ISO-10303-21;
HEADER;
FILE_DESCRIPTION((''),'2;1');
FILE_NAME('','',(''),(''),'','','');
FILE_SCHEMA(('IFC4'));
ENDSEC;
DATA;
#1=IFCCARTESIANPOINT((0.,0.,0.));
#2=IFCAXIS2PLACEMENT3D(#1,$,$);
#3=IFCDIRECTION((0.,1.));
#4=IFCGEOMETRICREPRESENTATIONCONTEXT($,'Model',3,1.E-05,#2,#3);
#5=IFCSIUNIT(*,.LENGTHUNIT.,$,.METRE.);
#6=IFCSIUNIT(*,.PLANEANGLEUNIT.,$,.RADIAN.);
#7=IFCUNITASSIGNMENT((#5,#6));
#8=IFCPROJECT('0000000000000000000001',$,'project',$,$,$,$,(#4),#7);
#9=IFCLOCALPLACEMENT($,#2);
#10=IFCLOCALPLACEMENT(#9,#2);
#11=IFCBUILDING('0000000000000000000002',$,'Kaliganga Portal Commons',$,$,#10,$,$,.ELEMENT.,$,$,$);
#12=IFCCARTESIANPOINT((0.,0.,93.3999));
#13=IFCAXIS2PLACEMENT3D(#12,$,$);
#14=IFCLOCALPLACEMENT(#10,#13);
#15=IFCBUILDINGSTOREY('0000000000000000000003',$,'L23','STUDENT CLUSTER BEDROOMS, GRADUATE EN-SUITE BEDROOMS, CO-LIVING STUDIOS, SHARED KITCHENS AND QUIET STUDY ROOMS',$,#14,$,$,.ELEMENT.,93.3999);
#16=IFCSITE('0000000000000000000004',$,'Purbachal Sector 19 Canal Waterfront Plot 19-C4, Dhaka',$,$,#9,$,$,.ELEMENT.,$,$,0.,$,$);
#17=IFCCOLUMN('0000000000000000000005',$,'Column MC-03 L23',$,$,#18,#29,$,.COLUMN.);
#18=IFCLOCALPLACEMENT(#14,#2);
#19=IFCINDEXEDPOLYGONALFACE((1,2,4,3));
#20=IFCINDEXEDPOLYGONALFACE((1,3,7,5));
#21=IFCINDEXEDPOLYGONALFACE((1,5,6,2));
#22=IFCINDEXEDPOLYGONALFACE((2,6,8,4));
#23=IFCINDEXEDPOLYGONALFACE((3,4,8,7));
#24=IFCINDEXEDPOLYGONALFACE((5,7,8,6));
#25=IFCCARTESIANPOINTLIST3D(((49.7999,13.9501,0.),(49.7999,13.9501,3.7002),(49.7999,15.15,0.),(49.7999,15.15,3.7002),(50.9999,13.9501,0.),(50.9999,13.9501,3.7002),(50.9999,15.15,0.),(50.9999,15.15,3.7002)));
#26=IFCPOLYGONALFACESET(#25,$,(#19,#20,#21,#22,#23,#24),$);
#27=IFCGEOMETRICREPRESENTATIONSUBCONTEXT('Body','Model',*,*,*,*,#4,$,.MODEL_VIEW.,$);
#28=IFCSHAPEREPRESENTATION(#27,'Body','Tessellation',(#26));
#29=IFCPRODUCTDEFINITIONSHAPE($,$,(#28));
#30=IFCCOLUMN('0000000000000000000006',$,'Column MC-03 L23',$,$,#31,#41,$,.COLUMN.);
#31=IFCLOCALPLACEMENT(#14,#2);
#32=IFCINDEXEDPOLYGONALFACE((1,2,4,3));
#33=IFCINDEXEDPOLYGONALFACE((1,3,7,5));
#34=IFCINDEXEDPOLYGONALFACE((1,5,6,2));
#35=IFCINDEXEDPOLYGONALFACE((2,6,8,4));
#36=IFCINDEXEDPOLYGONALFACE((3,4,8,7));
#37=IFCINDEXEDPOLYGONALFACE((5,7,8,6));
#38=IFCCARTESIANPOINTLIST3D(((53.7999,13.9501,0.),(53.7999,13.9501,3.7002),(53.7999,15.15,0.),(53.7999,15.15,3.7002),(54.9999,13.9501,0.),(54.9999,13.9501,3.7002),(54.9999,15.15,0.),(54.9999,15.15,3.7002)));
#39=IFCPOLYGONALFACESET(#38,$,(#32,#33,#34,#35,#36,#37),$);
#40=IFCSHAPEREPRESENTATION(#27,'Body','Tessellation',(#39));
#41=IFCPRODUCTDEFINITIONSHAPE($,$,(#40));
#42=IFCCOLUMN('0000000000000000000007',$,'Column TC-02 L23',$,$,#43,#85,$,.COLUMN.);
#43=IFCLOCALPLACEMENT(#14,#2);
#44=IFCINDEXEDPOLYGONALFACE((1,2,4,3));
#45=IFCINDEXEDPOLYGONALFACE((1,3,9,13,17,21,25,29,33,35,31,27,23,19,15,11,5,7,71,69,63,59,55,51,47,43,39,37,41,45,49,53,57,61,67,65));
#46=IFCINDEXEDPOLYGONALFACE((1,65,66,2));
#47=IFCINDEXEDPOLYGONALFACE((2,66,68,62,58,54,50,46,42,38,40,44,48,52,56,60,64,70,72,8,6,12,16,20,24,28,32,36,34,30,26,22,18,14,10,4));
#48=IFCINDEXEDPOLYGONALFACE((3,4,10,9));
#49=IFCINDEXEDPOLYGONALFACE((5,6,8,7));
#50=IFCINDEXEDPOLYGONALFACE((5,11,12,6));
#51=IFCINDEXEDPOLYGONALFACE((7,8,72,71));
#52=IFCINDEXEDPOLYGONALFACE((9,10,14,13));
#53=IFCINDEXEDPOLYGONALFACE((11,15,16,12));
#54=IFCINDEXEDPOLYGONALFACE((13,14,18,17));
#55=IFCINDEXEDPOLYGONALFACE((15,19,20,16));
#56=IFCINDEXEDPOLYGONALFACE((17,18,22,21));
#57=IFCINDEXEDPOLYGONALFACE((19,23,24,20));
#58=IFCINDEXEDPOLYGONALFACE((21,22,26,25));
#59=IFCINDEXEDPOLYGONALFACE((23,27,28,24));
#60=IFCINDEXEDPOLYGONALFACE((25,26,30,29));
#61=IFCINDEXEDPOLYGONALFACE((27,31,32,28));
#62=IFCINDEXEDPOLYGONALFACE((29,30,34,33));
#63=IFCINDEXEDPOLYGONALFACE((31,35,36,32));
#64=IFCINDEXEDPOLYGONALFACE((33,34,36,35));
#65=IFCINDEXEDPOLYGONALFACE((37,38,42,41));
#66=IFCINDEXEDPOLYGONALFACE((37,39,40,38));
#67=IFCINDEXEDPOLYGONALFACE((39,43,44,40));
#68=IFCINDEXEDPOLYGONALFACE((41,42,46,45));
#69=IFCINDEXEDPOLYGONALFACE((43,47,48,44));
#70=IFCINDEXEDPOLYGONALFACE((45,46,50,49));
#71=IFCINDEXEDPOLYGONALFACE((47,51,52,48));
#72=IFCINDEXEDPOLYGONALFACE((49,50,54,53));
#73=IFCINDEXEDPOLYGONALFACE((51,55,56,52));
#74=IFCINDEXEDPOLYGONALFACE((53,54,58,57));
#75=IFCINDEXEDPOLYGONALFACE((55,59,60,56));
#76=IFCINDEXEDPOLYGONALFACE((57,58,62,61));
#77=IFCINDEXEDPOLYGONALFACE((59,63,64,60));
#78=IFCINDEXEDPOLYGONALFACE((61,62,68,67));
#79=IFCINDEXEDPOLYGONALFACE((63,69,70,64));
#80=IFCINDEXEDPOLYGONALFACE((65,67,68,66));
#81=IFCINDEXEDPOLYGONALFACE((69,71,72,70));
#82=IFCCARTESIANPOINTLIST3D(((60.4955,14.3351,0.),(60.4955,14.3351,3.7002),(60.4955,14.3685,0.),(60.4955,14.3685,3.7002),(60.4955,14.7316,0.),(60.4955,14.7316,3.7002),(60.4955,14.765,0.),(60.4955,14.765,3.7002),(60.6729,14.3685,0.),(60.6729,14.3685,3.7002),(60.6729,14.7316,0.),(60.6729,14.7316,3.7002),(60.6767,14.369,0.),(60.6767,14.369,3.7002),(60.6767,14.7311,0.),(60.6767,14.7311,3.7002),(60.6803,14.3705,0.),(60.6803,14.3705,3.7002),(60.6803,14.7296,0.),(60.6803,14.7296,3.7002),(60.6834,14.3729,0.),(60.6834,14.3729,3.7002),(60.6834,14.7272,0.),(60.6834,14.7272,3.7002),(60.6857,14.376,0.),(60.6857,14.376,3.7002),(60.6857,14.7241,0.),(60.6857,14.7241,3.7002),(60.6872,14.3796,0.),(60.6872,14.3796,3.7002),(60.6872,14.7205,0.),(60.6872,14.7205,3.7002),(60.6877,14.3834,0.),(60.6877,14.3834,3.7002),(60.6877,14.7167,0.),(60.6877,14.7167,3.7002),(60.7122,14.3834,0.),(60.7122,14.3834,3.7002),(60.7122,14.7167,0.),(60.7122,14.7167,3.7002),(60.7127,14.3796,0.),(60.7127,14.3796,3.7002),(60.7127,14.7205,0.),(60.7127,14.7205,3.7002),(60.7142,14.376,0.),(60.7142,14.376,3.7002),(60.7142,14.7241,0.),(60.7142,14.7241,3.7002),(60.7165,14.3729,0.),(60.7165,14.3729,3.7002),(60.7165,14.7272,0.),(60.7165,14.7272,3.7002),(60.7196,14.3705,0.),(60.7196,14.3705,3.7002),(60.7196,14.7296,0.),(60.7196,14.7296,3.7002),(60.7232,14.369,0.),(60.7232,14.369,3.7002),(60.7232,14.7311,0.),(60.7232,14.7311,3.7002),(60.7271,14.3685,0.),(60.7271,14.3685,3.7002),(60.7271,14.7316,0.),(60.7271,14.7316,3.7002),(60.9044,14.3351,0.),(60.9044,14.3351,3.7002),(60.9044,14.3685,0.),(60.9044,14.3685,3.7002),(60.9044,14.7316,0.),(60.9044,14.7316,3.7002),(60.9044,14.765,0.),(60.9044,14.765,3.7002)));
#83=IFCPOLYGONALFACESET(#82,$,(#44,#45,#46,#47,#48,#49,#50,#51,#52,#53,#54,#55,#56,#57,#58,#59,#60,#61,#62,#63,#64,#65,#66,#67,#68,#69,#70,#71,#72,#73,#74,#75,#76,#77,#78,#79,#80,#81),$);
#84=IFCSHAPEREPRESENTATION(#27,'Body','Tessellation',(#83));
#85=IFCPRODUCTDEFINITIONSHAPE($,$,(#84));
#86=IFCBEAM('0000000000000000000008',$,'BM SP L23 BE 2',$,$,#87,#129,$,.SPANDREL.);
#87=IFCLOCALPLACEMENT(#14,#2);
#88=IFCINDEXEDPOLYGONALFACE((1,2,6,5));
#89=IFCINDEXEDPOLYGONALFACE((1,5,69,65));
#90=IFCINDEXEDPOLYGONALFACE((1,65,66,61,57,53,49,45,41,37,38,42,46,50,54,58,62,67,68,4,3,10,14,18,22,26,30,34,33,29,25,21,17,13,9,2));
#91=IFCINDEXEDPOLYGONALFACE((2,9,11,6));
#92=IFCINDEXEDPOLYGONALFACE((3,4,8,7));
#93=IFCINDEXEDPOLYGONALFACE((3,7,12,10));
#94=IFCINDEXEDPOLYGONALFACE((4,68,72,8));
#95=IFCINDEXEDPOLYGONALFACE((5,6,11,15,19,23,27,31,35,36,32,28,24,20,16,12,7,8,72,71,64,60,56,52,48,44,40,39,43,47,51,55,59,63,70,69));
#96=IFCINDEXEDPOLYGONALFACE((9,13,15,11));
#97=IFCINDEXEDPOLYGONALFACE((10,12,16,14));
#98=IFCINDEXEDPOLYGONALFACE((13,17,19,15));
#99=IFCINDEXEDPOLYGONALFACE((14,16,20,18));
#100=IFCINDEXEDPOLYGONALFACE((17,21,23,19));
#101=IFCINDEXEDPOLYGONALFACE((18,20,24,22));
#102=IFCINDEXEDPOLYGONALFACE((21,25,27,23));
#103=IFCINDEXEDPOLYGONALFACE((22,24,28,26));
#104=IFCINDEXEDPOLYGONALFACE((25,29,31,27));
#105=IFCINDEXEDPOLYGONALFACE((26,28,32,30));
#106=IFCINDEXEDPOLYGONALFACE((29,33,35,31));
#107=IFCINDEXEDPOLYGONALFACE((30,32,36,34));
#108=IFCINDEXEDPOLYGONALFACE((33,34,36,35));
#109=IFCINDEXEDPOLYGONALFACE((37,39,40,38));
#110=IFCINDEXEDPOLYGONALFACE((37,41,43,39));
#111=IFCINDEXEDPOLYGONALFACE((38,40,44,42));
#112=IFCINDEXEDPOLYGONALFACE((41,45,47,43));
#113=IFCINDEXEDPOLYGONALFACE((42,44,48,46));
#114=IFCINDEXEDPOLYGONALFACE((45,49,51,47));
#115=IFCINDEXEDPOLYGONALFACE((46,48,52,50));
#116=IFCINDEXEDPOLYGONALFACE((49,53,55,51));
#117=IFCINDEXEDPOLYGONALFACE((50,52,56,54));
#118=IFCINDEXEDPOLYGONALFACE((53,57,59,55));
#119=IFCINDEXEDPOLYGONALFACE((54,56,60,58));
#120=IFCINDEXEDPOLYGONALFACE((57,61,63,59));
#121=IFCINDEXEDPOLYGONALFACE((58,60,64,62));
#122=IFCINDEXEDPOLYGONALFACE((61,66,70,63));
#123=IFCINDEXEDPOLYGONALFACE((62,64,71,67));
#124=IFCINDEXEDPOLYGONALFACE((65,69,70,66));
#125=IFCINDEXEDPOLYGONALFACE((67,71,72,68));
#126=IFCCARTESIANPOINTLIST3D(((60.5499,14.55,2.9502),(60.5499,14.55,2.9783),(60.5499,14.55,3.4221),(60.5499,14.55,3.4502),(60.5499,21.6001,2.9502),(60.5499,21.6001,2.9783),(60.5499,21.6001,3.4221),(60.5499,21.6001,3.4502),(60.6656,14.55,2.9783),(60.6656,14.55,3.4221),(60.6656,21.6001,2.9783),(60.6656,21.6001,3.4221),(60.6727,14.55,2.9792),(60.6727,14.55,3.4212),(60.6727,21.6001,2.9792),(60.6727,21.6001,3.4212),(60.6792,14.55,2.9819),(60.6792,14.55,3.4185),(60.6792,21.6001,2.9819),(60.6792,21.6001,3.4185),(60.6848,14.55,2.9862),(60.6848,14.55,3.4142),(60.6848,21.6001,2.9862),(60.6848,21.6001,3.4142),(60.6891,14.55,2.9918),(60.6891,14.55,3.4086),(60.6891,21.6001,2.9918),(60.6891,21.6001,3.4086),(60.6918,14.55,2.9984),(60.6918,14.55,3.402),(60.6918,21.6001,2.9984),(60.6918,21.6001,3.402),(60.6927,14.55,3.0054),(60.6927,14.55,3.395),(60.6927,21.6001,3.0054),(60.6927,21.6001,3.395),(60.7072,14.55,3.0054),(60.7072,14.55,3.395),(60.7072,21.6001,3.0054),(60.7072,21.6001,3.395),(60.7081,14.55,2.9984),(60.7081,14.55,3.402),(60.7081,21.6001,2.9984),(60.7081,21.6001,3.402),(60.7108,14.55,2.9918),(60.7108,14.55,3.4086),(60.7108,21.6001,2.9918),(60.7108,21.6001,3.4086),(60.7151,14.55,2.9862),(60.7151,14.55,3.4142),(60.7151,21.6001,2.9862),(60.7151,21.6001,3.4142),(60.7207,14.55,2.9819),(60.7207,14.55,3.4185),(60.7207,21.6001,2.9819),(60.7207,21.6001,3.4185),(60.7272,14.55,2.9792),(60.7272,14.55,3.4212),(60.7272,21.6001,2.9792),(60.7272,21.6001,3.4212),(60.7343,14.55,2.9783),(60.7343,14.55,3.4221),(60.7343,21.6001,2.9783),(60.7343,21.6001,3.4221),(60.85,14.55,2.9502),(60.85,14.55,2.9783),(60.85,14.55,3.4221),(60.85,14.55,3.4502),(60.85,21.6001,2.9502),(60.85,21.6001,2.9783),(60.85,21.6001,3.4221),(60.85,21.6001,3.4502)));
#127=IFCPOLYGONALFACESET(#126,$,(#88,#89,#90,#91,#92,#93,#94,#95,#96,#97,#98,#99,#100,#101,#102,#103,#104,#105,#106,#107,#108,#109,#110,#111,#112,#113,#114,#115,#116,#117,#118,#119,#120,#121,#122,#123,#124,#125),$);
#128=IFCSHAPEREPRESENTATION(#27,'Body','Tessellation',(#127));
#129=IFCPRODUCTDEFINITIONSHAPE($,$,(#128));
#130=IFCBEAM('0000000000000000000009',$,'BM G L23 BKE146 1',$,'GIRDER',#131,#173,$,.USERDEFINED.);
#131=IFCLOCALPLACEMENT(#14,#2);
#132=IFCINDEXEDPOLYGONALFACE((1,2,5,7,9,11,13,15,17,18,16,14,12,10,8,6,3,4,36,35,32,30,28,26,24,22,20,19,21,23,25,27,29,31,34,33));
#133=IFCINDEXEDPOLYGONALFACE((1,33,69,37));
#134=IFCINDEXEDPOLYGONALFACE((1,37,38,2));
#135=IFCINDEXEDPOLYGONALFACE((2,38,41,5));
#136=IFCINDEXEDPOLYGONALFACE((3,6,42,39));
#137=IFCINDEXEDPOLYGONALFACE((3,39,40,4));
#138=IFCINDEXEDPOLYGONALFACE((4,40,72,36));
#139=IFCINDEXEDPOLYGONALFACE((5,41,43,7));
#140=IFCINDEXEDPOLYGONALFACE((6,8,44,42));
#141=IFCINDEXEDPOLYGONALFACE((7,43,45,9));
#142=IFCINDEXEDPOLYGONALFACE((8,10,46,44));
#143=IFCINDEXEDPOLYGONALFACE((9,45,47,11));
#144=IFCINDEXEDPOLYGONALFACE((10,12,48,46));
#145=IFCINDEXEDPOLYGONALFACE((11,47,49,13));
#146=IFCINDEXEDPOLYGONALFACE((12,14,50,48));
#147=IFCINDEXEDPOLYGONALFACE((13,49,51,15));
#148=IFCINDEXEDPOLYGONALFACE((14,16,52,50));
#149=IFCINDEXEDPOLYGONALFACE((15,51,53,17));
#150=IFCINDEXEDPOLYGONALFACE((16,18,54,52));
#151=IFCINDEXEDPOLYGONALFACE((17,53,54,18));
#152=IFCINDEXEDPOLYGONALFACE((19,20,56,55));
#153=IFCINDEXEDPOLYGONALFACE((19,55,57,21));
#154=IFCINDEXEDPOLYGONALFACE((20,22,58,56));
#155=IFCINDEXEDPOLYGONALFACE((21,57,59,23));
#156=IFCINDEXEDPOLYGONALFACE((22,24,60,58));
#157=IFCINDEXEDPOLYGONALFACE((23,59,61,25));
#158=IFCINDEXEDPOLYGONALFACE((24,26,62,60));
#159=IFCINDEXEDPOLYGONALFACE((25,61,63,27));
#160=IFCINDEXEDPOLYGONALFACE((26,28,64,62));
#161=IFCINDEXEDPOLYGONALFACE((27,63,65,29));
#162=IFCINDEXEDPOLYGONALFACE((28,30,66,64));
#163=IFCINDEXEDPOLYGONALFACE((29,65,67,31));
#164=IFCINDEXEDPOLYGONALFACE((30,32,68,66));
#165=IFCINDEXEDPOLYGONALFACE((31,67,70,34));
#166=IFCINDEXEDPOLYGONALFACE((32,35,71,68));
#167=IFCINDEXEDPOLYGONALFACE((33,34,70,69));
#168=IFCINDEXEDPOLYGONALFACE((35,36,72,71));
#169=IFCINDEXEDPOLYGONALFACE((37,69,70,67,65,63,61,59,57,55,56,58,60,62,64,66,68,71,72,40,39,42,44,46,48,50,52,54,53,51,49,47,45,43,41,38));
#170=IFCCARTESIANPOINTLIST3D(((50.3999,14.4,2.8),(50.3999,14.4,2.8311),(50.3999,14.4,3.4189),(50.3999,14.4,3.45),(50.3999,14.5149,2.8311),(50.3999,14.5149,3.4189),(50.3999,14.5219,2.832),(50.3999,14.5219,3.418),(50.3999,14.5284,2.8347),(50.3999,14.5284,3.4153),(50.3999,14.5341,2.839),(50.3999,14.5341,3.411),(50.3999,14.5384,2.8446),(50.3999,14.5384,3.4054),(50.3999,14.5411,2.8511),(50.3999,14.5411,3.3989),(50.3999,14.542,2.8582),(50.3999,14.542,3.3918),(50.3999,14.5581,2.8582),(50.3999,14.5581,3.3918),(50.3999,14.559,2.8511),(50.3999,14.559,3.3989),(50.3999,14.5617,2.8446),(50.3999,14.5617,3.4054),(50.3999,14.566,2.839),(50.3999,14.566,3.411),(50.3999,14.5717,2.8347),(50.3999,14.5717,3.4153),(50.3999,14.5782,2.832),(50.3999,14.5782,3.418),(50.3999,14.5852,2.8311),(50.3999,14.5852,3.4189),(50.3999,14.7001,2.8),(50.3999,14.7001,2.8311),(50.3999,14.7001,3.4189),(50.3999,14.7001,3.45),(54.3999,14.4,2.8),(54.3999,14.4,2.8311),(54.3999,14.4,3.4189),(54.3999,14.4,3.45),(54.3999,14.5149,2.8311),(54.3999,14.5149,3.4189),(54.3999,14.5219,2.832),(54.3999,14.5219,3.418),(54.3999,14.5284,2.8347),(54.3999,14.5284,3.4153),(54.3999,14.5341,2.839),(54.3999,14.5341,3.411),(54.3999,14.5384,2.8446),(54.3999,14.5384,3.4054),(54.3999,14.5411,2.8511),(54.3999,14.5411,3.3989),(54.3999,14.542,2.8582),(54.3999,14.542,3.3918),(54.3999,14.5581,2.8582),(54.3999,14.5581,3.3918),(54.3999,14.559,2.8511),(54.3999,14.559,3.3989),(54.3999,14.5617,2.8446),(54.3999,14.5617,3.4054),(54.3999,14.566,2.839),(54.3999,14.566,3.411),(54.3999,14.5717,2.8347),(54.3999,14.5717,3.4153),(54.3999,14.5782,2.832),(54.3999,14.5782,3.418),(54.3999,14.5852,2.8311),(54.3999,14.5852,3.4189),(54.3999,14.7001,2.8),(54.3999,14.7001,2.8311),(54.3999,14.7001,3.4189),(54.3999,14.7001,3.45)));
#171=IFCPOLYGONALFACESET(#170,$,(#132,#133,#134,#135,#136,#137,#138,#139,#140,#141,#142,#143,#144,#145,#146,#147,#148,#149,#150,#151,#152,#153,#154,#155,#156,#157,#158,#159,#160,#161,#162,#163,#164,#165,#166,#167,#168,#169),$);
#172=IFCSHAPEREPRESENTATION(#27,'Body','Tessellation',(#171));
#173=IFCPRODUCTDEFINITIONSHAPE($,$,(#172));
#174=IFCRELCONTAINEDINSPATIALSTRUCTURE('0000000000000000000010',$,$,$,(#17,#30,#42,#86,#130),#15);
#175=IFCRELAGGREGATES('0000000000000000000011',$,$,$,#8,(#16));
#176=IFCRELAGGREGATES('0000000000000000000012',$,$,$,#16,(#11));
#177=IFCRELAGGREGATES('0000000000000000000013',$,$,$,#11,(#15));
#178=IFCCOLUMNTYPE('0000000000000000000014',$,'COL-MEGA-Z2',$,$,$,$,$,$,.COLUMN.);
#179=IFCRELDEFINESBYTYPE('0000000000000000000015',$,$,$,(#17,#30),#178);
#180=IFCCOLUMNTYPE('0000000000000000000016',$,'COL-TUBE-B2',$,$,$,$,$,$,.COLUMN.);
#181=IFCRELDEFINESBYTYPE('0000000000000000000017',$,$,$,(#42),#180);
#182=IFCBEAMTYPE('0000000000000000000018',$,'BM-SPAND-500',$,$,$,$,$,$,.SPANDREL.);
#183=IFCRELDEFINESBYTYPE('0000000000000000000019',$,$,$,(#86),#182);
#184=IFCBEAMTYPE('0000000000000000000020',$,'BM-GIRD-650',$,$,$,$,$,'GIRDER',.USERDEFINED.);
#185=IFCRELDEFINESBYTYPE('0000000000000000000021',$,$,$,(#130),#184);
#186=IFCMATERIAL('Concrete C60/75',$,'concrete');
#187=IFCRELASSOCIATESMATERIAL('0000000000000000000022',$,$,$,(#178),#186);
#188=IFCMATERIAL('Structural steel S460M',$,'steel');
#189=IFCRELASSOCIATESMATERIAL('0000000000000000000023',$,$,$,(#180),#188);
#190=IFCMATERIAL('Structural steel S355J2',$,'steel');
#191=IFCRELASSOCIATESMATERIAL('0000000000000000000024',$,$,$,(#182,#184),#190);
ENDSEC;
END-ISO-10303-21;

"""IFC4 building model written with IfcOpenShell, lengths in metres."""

from ifc_helpers import new_model, si_unit, direction, frame, origin, origin_2d, place, context, subcontext, project, spatial, rectangle, i_section, extrude, source, transform, mapped, material, material_profile, profile_set, type_object, element, save


model = new_model("IFC4")

# Units and contexts
model_context = context("Model", 3, precision=1e-05, world=origin(), true_north=direction((0.0, 1.0)))
body_context = subcontext(model_context, "Body", "Model", "MODEL_VIEW")
ifc_project = project(units=[si_unit("LENGTHUNIT", "METRE"), si_unit("PLANEANGLEUNIT", "RADIAN")], contexts=[model_context])

# Site, building, storey
site_placement = place(None, origin())
site = spatial("IfcSite", under=ifc_project, at=site_placement, Name="Purbachal Sector 19 Canal Waterfront Plot 19-C4, Dhaka", CompositionType="ELEMENT", RefElevation=0.0)
building_placement = place(site_placement, origin())
building = spatial("IfcBuilding", under=site, at=building_placement, Name="Kaliganga Portal Commons", CompositionType="ELEMENT")
storey_placement = place(building_placement, frame((0.0, 0.0, 93.3999)))
storey = spatial("IfcBuildingStorey", under=building, at=storey_placement, Name="L23", Description="STUDENT CLUSTER BEDROOMS, GRADUATE EN-SUITE BEDROOMS, CO-LIVING STUDIOS, SHARED KITCHENS AND QUIET STUDY ROOMS", CompositionType="ELEMENT", Elevation=93.3999)

# Columns
ifc_material_1 = material(Name="Concrete C60/75", Category="concrete")
ifc_material_profile_1 = material_profile(ifc_material_1, rectangle(XDim=1.2, YDim=1.2, at=origin_2d()), Name="RC 1200x1200")
ifc_profile_set_1 = profile_set([ifc_material_profile_1], Name="Concrete C60/75")
column_type_1 = type_object("IfcColumnType", Name="COL-MEGA-Z2", PredefinedType="COLUMN", material=ifc_profile_set_1)
shared_shape_1 = source(origin(), body_context, "Body", "SweptSolid", [
    extrude(rectangle(XDim=1.2, YDim=1.2, at=origin_2d()), origin(), (0.0, 0.0, 1.0), 3.7002),
])
for number, where, z_axis, x_axis, name in (
    (1, (50.3999, 14.55, 0.0), (0.0, 0.0, 1.0), (1.0, 0.0, 0.0), "Column MC-03 L23"),
    (2, (54.3999, 14.55, 0.0), (0.0, 0.0, 1.0), (1.0, 0.0, 0.0), "Column MC-03 L23"),
):
    element("IfcColumn", number, at=place(storey_placement, frame(where, z_axis=z_axis, x_axis=x_axis)), inside=storey, type_object=column_type_1, Name=name, PredefinedType="COLUMN", context=body_context, shape_type="MappedRepresentation", body=[
        mapped(shared_shape_1, transform((0.0, 0.0, 0.0), x_axis=(1.0, 0.0, 0.0), y_axis=(0.0, 1.0, 0.0), z_axis=(0.0, 0.0, 1.0), scale=1.0)),
    ])
ifc_material_2 = material(Name="Structural steel S460M", Category="steel")
ifc_material_profile_2 = material_profile(ifc_material_2, i_section(OverallWidth=0.4089, OverallDepth=0.4299, WebThickness=0.0244, FlangeThickness=0.0334, FilletRadius=0.0149, at=origin_2d()), Name="HD 400x421")
ifc_profile_set_2 = profile_set([ifc_material_profile_2], Name="Structural steel S460M wide-flange")
column_type_2 = type_object("IfcColumnType", Name="COL-TUBE-B2", PredefinedType="COLUMN", material=ifc_profile_set_2)
shared_shape_2 = source(origin(), body_context, "Body", "SweptSolid", [
    extrude(i_section(OverallWidth=0.4089, OverallDepth=0.4299, WebThickness=0.0244, FlangeThickness=0.0334, FilletRadius=0.0149, at=origin_2d()), origin(), (0.0, 0.0, 1.0), 3.7002),
])
column_placement = place(storey_placement, frame((60.7, 14.55, 0.0), z_axis=(0.0, 0.0, 1.0), x_axis=(1.0, 0.0, 0.0)))
element("IfcColumn", 3, at=column_placement, inside=storey, type_object=column_type_2, Name="Column TC-02 L23", PredefinedType="COLUMN", context=body_context, shape_type="MappedRepresentation", body=[
    mapped(shared_shape_2, transform((0.0, 0.0, 0.0), x_axis=(1.0, 0.0, 0.0), y_axis=(0.0, 1.0, 0.0), z_axis=(0.0, 0.0, 1.0), scale=1.0)),
])

# Beams
ifc_material_3 = material(Name="Structural steel S355J2", Category="steel")
ifc_material_profile_3 = material_profile(ifc_material_3, i_section(OverallWidth=0.3, OverallDepth=0.5, WebThickness=0.0144, FlangeThickness=0.0281, FilletRadius=0.0271, at=origin_2d()), Name="HE 500 B")
ifc_profile_set_3 = profile_set([ifc_material_profile_3], Name="Structural steel S355J2 wide-flange")
beam_type_1 = type_object("IfcBeamType", Name="BM-SPAND-500", PredefinedType="SPANDREL", material=ifc_profile_set_3)
shared_shape_3 = source(origin(), body_context, "Body", "SweptSolid", [
    extrude(i_section(OverallWidth=0.3, OverallDepth=0.5, WebThickness=0.0144, FlangeThickness=0.0281, FilletRadius=0.0271, at=origin_2d()), origin(), (0.0, 0.0, 1.0), 7.05),
])
beam_1_placement = place(storey_placement, frame((60.7, 14.55, 3.2002), z_axis=(0.0, 1.0, 0.0), x_axis=(-1.0, 0.0, 0.0)))
element("IfcBeam", 4, at=beam_1_placement, inside=storey, type_object=beam_type_1, Name="BM SP L23 BE 2", PredefinedType="SPANDREL", context=body_context, shape_type="MappedRepresentation", body=[
    mapped(shared_shape_3, transform((0.0, 0.0, 0.0), x_axis=(1.0, 0.0, 0.0), y_axis=(0.0, 1.0, 0.0), z_axis=(0.0, 0.0, 1.0), scale=1.0)),
])
ifc_material_profile_4 = material_profile(ifc_material_3, i_section(OverallWidth=0.3, OverallDepth=0.6499, WebThickness=0.0161, FlangeThickness=0.031, FilletRadius=0.0271, at=origin_2d()), Name="HE 650 B")
ifc_profile_set_4 = profile_set([ifc_material_profile_4], Name="Structural steel S355J2 wide-flange")
beam_type_2 = type_object("IfcBeamType", Name="BM-GIRD-650", ElementType="GIRDER", PredefinedType="USERDEFINED", material=ifc_profile_set_4)
shared_shape_4 = source(origin(), body_context, "Body", "SweptSolid", [
    extrude(i_section(OverallWidth=0.3, OverallDepth=0.6499, WebThickness=0.0161, FlangeThickness=0.031, FilletRadius=0.0271, at=origin_2d()), origin(), (0.0, 0.0, 1.0), 4.0),
])
beam_2_placement = place(storey_placement, frame((50.3999, 14.55, 3.125), z_axis=(1.0, 0.0, 0.0), x_axis=(0.0, 1.0, 0.0)))
element("IfcBeam", 5, at=beam_2_placement, inside=storey, type_object=beam_type_2, Name="BM G L23 BKE146 1", ObjectType="GIRDER", PredefinedType="USERDEFINED", context=body_context, shape_type="MappedRepresentation", body=[
    mapped(shared_shape_4, transform((0.0, 0.0, 0.0), x_axis=(1.0, 0.0, 0.0), y_axis=(0.0, 1.0, 0.0), z_axis=(0.0, 0.0, 1.0), scale=1.0)),
])

save(model, "model.ifc")
